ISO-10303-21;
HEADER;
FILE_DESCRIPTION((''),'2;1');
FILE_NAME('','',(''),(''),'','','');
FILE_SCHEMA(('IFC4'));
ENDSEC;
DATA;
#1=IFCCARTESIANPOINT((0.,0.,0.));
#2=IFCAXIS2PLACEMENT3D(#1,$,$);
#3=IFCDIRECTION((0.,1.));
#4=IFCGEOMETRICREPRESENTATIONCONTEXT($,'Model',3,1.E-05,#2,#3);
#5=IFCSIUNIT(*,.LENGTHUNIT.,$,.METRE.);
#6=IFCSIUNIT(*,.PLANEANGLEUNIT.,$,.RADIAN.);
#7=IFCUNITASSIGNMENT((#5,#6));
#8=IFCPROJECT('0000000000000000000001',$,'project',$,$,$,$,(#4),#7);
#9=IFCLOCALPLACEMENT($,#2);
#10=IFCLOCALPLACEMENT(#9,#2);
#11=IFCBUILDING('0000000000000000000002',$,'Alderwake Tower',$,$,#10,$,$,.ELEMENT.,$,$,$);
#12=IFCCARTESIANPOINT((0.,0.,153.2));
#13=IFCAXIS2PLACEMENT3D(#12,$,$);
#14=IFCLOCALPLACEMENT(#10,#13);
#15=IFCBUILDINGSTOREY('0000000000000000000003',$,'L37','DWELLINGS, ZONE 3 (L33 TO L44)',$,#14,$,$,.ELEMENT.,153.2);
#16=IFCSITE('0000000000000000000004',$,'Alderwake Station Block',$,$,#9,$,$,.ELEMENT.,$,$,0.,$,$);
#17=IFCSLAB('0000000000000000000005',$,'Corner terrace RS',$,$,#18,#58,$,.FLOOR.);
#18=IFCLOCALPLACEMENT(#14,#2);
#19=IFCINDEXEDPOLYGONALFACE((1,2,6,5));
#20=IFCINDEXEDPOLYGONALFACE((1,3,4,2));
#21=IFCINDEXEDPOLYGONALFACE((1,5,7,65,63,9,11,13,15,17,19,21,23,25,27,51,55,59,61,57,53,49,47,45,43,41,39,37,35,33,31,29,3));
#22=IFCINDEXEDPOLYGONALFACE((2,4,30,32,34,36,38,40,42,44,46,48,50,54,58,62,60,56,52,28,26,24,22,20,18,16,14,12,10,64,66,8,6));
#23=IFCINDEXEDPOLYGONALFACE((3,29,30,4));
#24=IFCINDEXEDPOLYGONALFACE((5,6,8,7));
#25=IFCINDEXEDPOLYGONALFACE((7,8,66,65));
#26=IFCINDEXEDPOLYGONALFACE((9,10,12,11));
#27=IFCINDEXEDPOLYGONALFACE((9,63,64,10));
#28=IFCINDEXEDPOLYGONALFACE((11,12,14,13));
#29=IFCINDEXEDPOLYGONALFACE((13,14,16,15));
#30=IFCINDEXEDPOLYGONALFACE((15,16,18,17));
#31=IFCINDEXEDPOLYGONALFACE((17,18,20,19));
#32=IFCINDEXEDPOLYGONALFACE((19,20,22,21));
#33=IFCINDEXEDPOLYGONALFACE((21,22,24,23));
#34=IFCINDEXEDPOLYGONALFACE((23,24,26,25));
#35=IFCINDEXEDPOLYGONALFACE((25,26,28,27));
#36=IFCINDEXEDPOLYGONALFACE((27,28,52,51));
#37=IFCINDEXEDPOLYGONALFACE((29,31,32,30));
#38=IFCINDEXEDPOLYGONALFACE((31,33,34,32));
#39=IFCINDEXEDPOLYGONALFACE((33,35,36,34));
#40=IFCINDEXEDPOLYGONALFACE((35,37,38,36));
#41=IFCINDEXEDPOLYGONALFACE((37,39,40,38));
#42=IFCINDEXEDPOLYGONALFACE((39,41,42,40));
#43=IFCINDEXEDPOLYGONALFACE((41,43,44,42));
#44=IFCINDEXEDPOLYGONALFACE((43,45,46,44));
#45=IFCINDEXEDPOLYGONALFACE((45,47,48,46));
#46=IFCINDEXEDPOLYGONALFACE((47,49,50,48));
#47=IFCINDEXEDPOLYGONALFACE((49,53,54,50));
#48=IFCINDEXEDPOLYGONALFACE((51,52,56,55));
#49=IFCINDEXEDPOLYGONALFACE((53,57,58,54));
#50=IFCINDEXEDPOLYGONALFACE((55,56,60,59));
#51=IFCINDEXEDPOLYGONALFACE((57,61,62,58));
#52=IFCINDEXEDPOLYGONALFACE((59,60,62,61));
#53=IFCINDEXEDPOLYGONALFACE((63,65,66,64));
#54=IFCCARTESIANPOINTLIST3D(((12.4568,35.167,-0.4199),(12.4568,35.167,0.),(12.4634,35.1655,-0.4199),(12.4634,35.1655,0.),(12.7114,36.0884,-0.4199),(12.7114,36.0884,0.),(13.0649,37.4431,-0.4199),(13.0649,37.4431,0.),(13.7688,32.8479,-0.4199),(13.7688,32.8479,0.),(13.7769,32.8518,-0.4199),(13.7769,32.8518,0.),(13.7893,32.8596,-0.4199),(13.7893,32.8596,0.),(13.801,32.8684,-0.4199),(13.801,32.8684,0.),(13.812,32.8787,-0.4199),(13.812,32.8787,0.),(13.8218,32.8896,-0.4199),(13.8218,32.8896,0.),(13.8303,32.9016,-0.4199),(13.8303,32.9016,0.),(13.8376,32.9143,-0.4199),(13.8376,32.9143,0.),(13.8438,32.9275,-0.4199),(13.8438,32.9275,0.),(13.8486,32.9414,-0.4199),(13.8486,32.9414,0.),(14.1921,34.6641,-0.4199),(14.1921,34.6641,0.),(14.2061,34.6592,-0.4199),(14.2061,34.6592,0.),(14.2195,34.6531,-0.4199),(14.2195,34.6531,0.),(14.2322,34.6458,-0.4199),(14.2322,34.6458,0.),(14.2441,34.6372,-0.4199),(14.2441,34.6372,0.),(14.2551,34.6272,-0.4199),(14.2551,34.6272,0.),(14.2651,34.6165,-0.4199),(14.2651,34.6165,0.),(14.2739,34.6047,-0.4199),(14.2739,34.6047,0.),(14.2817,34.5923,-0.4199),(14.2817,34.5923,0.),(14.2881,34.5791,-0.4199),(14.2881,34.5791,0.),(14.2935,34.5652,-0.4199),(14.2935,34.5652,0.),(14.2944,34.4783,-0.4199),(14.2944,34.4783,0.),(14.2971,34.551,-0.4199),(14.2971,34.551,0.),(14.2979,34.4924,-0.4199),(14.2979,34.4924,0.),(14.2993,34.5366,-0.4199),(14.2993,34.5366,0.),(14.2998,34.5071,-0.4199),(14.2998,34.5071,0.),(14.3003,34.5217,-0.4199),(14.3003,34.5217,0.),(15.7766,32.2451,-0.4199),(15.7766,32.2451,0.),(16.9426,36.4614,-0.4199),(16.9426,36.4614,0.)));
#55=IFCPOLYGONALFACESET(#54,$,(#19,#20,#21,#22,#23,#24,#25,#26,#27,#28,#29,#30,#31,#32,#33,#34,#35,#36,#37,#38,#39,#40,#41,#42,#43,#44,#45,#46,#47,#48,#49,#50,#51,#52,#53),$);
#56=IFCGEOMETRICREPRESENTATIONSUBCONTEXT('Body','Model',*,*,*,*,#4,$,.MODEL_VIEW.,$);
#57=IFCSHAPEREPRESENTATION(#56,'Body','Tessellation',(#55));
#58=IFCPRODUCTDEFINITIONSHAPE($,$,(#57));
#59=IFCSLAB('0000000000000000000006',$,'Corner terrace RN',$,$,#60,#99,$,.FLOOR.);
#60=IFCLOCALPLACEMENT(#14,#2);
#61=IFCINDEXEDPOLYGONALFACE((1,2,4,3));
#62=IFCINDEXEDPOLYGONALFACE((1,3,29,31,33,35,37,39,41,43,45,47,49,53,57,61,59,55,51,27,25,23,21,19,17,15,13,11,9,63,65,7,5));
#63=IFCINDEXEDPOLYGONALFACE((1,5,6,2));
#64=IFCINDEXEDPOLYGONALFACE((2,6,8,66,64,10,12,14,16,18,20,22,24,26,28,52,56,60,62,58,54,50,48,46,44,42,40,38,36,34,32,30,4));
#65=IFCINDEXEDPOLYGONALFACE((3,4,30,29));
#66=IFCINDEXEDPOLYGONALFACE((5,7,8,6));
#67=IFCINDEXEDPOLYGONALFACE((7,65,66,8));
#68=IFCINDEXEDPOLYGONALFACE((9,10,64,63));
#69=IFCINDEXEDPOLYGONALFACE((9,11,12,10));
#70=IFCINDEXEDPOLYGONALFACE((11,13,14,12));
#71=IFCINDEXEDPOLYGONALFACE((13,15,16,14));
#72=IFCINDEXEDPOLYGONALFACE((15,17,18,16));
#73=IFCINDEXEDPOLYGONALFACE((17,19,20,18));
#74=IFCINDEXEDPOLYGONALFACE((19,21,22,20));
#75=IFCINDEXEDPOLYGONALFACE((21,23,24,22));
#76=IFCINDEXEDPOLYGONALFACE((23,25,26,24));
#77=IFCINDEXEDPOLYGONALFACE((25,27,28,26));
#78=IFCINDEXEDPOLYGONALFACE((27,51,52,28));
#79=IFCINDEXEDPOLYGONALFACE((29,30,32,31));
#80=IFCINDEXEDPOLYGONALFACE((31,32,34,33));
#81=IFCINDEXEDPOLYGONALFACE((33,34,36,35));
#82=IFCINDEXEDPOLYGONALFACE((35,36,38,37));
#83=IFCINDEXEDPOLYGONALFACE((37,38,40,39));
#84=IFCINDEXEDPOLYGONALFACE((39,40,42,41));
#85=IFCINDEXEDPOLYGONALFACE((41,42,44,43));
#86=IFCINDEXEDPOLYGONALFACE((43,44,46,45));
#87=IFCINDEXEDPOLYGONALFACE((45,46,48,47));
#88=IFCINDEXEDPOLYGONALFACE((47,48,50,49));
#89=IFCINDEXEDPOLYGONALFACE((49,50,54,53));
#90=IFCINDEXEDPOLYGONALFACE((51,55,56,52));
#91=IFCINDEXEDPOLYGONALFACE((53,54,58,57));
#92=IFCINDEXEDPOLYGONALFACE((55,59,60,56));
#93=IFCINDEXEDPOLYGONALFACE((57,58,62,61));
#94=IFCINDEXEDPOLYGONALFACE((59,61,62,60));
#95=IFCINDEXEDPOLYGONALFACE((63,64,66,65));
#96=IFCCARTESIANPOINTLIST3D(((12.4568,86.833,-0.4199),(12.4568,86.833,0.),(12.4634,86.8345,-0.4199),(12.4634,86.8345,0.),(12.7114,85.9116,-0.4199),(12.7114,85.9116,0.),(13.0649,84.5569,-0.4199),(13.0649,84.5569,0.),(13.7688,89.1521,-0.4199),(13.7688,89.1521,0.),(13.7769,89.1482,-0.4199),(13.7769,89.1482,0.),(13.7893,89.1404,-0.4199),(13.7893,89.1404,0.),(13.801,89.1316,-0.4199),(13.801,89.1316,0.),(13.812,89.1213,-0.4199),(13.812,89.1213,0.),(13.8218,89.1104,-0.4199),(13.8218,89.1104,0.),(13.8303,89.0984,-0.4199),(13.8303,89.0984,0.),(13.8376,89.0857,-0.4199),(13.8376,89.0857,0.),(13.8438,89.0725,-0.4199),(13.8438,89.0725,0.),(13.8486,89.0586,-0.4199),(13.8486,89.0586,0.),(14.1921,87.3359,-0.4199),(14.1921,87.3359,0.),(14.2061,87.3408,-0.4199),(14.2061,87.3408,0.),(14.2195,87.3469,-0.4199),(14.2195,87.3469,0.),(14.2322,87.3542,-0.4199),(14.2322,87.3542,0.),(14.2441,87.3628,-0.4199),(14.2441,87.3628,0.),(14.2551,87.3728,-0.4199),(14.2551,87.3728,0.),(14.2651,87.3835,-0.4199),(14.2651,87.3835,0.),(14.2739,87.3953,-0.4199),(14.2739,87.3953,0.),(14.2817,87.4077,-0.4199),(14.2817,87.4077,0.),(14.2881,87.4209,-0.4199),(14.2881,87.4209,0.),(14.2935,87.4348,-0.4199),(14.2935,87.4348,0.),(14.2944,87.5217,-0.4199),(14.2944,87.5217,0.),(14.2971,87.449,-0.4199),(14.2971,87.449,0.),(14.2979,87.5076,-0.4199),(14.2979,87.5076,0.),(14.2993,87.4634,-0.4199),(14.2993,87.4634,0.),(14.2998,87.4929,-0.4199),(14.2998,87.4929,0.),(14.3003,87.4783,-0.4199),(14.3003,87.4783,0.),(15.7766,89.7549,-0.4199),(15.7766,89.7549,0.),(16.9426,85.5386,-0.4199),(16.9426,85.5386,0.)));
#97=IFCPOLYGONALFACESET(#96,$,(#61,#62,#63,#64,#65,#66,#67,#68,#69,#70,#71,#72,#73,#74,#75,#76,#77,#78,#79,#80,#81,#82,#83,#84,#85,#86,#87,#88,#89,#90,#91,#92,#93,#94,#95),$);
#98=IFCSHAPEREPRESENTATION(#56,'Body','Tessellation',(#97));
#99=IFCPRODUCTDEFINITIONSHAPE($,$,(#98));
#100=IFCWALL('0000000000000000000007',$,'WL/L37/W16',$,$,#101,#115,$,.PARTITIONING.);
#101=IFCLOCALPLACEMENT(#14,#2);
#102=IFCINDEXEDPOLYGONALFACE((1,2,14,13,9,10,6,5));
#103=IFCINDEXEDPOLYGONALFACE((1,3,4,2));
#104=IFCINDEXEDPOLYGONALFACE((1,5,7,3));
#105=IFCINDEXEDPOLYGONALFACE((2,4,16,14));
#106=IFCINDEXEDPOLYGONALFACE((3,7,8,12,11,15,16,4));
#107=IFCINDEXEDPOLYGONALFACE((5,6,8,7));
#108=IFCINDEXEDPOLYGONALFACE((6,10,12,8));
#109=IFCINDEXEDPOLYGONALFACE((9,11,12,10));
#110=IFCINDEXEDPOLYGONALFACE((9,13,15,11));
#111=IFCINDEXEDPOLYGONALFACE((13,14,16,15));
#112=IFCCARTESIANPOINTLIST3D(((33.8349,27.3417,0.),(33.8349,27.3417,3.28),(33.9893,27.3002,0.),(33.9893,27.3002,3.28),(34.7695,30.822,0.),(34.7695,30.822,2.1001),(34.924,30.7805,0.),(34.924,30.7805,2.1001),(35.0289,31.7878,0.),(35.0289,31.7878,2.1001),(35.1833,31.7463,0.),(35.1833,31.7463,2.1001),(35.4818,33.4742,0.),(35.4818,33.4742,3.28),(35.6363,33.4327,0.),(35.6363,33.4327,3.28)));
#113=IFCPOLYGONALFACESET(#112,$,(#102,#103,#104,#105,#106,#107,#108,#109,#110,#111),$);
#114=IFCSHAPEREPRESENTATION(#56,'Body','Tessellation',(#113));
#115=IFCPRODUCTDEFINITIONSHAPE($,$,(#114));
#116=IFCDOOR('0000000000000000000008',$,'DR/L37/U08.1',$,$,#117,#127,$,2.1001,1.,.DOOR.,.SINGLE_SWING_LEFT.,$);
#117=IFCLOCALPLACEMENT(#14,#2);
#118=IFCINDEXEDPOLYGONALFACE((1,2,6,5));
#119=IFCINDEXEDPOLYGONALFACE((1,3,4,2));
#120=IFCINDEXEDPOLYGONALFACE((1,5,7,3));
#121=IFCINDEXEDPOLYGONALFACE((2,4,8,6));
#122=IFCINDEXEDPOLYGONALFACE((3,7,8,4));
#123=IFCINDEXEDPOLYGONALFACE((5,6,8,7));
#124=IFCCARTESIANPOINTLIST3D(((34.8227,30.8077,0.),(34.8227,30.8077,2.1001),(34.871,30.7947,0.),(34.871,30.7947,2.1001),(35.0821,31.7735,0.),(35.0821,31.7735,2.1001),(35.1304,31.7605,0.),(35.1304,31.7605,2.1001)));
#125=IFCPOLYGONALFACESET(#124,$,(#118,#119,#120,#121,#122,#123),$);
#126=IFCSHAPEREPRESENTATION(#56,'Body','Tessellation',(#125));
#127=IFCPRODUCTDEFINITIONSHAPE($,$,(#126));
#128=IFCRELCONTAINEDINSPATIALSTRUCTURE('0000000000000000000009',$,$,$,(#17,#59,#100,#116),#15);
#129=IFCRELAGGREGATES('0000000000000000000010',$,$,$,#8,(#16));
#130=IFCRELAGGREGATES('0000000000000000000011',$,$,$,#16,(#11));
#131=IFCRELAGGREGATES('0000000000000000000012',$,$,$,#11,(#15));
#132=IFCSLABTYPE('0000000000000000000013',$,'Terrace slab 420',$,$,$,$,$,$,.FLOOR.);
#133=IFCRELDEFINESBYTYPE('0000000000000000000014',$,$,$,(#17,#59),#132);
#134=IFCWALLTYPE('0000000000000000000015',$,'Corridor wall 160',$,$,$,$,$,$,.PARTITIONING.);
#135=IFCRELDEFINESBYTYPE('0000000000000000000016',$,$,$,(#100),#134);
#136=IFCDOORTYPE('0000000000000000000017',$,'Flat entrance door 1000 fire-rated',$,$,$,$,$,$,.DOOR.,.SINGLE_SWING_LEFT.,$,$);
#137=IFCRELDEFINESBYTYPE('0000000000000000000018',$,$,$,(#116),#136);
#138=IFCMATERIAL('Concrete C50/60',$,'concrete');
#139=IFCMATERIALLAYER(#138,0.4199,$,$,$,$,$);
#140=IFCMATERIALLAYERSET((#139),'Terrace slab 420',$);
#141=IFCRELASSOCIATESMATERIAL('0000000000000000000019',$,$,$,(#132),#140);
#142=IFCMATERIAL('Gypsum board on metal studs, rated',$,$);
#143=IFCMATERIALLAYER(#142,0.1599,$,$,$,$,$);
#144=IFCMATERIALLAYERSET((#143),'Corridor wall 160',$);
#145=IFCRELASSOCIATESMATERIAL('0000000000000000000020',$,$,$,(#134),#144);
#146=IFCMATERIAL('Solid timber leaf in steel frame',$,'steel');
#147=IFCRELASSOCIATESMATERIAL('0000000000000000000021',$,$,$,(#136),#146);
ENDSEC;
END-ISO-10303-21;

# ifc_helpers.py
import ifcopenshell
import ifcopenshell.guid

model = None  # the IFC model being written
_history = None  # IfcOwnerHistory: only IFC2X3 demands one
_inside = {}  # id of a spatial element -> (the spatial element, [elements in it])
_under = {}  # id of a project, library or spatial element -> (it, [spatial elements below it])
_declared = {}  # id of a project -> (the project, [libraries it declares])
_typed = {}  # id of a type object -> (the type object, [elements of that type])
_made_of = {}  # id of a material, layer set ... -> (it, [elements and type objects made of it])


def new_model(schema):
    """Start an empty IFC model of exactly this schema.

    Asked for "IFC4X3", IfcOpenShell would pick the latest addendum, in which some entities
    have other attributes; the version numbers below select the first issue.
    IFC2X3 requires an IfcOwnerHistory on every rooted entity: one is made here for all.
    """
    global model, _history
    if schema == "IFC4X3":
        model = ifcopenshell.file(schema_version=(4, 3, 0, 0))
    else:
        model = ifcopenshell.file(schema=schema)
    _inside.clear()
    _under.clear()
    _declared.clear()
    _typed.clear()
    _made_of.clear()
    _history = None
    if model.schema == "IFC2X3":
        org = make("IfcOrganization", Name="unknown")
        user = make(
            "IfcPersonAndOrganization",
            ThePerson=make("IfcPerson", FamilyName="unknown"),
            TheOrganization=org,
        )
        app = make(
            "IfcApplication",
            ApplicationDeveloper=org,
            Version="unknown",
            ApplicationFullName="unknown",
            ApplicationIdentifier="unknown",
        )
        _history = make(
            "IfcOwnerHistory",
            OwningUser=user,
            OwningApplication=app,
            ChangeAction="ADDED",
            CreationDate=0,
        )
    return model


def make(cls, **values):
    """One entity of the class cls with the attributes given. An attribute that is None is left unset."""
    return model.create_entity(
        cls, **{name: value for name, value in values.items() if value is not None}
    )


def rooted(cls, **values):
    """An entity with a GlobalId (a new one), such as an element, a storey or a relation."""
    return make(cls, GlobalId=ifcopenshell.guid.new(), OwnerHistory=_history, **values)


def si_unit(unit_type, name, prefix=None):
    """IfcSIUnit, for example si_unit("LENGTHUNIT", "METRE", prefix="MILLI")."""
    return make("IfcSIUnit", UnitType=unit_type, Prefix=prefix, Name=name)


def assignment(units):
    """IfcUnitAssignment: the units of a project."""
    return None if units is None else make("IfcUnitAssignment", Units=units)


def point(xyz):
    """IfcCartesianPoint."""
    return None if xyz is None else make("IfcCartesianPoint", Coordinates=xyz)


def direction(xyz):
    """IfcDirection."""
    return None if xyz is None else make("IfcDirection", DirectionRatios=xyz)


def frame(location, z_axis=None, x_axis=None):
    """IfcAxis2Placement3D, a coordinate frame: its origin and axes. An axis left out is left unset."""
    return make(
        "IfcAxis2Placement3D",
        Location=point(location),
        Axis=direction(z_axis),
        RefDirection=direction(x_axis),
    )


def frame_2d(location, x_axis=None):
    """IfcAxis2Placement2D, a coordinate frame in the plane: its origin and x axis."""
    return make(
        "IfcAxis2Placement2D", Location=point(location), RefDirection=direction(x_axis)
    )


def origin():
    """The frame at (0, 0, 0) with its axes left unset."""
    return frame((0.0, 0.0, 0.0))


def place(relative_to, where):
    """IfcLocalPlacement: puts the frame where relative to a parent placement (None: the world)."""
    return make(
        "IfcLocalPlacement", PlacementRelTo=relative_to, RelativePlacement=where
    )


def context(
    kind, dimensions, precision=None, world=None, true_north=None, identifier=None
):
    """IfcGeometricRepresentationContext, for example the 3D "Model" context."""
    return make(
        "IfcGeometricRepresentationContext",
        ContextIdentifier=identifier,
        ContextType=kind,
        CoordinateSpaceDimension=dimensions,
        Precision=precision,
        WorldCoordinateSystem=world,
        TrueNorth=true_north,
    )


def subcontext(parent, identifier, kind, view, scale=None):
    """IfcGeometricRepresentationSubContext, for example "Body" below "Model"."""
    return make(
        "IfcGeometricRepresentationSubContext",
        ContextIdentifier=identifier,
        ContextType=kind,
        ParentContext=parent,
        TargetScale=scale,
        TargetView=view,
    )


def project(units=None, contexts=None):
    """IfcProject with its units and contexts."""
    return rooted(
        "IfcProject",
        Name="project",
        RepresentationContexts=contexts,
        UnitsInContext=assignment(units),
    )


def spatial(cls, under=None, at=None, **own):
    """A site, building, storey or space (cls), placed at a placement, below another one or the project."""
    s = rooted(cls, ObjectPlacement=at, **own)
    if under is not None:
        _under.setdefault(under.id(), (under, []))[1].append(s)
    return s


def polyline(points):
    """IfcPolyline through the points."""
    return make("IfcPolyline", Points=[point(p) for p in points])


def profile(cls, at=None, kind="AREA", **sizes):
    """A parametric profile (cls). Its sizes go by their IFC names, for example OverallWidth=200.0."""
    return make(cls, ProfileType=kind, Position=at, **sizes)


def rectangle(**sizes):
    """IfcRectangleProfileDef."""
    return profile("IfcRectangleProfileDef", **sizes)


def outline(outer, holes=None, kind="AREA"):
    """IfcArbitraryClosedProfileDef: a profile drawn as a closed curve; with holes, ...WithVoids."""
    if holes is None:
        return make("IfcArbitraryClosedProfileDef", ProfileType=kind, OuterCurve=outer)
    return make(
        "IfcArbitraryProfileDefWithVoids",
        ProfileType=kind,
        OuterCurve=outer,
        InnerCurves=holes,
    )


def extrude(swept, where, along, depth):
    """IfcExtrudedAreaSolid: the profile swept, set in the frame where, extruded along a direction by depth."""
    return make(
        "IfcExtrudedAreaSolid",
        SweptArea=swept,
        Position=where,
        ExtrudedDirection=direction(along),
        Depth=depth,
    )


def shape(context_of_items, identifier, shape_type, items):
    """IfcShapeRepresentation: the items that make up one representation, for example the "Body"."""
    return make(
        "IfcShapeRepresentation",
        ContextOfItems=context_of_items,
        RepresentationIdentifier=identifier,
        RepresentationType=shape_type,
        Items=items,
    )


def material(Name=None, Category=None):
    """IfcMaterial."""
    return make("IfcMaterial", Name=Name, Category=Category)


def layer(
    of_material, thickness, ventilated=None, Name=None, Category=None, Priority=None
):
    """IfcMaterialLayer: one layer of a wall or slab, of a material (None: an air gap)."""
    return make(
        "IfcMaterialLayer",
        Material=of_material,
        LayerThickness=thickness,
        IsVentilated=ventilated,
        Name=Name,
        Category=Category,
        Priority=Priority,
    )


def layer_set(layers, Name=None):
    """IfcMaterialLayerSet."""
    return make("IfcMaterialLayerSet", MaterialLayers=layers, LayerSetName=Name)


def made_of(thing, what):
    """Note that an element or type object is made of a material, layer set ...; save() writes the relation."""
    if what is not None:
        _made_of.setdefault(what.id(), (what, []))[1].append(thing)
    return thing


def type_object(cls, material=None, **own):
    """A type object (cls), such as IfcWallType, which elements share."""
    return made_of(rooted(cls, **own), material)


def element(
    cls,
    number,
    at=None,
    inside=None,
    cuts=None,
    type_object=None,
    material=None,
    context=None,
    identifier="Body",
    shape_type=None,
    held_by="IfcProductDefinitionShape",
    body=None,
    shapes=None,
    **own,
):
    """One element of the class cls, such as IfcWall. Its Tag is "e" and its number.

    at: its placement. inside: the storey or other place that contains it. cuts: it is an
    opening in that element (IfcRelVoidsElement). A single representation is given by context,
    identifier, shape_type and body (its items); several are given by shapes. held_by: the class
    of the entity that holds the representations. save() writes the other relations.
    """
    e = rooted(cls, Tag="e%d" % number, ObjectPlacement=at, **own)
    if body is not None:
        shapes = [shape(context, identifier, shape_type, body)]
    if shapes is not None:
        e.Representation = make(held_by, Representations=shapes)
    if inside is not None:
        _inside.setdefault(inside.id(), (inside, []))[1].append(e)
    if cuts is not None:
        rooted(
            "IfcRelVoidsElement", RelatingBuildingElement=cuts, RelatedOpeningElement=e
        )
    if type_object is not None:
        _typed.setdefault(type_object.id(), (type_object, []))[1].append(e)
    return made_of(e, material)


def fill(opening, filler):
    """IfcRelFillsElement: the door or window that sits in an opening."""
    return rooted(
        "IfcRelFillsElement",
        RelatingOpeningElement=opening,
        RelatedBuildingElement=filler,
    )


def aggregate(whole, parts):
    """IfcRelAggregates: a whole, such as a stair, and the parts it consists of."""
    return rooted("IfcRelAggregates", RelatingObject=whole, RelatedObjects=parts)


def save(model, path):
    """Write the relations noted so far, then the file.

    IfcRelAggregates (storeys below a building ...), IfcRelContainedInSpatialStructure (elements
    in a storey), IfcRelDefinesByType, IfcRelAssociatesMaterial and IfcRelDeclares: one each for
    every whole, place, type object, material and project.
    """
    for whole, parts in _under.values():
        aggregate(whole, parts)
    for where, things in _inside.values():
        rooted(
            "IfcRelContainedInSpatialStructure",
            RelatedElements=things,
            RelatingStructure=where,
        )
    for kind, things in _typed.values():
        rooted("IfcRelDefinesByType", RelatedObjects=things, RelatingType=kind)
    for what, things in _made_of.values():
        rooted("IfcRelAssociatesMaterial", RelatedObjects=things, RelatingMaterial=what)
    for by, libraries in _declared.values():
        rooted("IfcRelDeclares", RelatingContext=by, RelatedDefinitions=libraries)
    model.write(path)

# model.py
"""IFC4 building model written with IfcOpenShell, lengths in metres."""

from ifc_helpers import new_model, si_unit, direction, frame, frame_2d, origin, place, context, subcontext, project, spatial, polyline, rectangle, outline, extrude, material, layer, layer_set, type_object, element, fill, save


model = new_model("IFC4")

# Units and contexts
model_context = context("Model", 3, precision=1e-05, world=origin(), true_north=direction((0.0, 1.0)))
body_context = subcontext(model_context, "Body", "Model", "MODEL_VIEW")
ifc_project = project(units=[si_unit("LENGTHUNIT", "METRE"), si_unit("PLANEANGLEUNIT", "RADIAN")], contexts=[model_context])

# Site, building, storey
site_placement = place(None, origin())
site = spatial("IfcSite", under=ifc_project, at=site_placement, Name="Alderwake Station Block", CompositionType="ELEMENT", RefElevation=0.0)
building_placement = place(site_placement, origin())
building = spatial("IfcBuilding", under=site, at=building_placement, Name="Alderwake Tower", CompositionType="ELEMENT")
storey_placement = place(building_placement, frame((0.0, 0.0, 153.2)))
storey = spatial("IfcBuildingStorey", under=building, at=storey_placement, Name="L37", Description="DWELLINGS, ZONE 3 (L33 TO L44)", CompositionType="ELEMENT", Elevation=153.2)

# Slabs
ifc_material_1 = material(Name="Concrete C50/60", Category="concrete")
ifc_layer_1 = layer(ifc_material_1, 0.4199)
ifc_layer_set_1 = layer_set([ifc_layer_1], Name="Terrace slab 420")
slab_type_1 = type_object("IfcSlabType", Name="Terrace slab 420", PredefinedType="FLOOR", material=ifc_layer_set_1)
slab_1_placement = place(storey_placement, frame((0.0, 0.0, -0.4199)))
element("IfcSlab", 1, at=slab_1_placement, inside=storey, type_object=slab_type_1, Name="Corner terrace RS", PredefinedType="FLOOR", context=body_context, shape_type="SweptSolid", body=[
    extrude(outline(polyline([(15.7766, 32.2451), (13.7688, 32.8479), (13.7769, 32.8518), (13.7893, 32.8596), (13.801, 32.8684), (13.812, 32.8787), (13.8218, 32.8896), (13.8303, 32.9016), (13.8376, 32.9143), (13.8438, 32.9275), (13.8486, 32.9414), (14.2944, 34.4783), (14.2979, 34.4924), (14.2998, 34.5071), (14.3003, 34.5217), (14.2993, 34.5366), (14.2971, 34.551), (14.2935, 34.5652), (14.2881, 34.5791), (14.2817, 34.5923), (14.2739, 34.6047), (14.2651, 34.6165), (14.2551, 34.6272), (14.2441, 34.6372), (14.2322, 34.6458), (14.2195, 34.6531), (14.2061, 34.6592), (14.1921, 34.6641), (12.4634, 35.1655), (12.4568, 35.167), (12.7114, 36.0884), (13.0649, 37.4431), (16.9426, 36.4614), (15.7766, 32.2451)])), origin(), (0.0, 0.0, 1.0), 0.4199),
])
slab_2_placement = place(storey_placement, frame((0.0, 0.0, -0.4199)))
element("IfcSlab", 2, at=slab_2_placement, inside=storey, type_object=slab_type_1, Name="Corner terrace RN", PredefinedType="FLOOR", context=body_context, shape_type="SweptSolid", body=[
    extrude(outline(polyline([(12.4568, 86.833), (12.4634, 86.8345), (14.1921, 87.3359), (14.2061, 87.3408), (14.2195, 87.3469), (14.2322, 87.3542), (14.2441, 87.3628), (14.2551, 87.3728), (14.2651, 87.3835), (14.2739, 87.3953), (14.2817, 87.4077), (14.2881, 87.4209), (14.2935, 87.4348), (14.2971, 87.449), (14.2993, 87.4634), (14.3003, 87.4783), (14.2998, 87.4929), (14.2979, 87.5076), (14.2944, 87.5217), (13.8486, 89.0586), (13.8438, 89.0725), (13.8376, 89.0857), (13.8303, 89.0984), (13.8218, 89.1104), (13.812, 89.1213), (13.801, 89.1316), (13.7893, 89.1404), (13.7769, 89.1482), (13.7688, 89.1521), (15.7766, 89.7549), (16.9426, 85.5386), (13.0649, 84.5569), (12.7114, 85.9116), (12.4568, 86.833)])), origin(), (0.0, 0.0, 1.0), 0.4199),
])

# Wall, opening, door
ifc_material_2 = material(Name="Gypsum board on metal studs, rated")
ifc_layer_2 = layer(ifc_material_2, 0.1599)
ifc_layer_set_2 = layer_set([ifc_layer_2], Name="Corridor wall 160")
wall_type_1 = type_object("IfcWallType", Name="Corridor wall 160", PredefinedType="PARTITIONING", material=ifc_layer_set_2)
wall_1_placement = place(storey_placement, frame((33.9121, 27.321, 0.0), z_axis=(0.0, 0.0, 1.0), x_axis=(0.259371, 0.965778, 0.0)))
wall_1 = element("IfcWall", 3, at=wall_1_placement, inside=storey, type_object=wall_type_1, Name="WL/L37/W16", PredefinedType="PARTITIONING", context=body_context, shape_type="SweptSolid", body=[
    extrude(rectangle(XDim=6.3499, YDim=0.1599, at=frame_2d((3.1748, 0.0))), origin(), (0.0, 0.0, 1.0), 3.28),
])
opening_1_placement = place(wall_1_placement, frame((3.6035, 0.0, 0.0)))
opening_1 = element("IfcOpeningElement", 4, at=opening_1_placement, cuts=wall_1, PredefinedType="OPENING", context=body_context, shape_type="SweptSolid", body=[
    extrude(rectangle(XDim=1.0, YDim=2.1001, at=frame_2d((0.5, 1.05))), frame((0.0, 0.0898, 0.0), z_axis=(0.0, -1.0, 0.0), x_axis=(1.0, 0.0, 0.0)), (0.0, 0.0, 1.0), 0.1799),
])
ifc_material_3 = material(Name="Solid timber leaf in steel frame", Category="steel")
door_type_1 = type_object("IfcDoorType", Name="Flat entrance door 1000 fire-rated", OperationType="SINGLE_SWING_LEFT", PredefinedType="DOOR", material=ifc_material_3)
door_1_placement = place(opening_1_placement, origin())
door_1 = element("IfcDoor", 5, at=door_1_placement, inside=storey, type_object=door_type_1, Name="DR/L37/U08.1", OperationType="SINGLE_SWING_LEFT", OverallHeight=2.1001, OverallWidth=1.0, PredefinedType="DOOR", context=body_context, shape_type="SweptSolid", body=[
    extrude(rectangle(XDim=1.0, YDim=2.1001, at=frame_2d((0.5, 1.05))), frame((0.0, 0.0249, 0.0), z_axis=(0.0, -1.0, 0.0), x_axis=(1.0, 0.0, 0.0)), (0.0, 0.0, 1.0), 0.05),
])
fill(opening_1, door_1)

save(model, "model.ifc")
